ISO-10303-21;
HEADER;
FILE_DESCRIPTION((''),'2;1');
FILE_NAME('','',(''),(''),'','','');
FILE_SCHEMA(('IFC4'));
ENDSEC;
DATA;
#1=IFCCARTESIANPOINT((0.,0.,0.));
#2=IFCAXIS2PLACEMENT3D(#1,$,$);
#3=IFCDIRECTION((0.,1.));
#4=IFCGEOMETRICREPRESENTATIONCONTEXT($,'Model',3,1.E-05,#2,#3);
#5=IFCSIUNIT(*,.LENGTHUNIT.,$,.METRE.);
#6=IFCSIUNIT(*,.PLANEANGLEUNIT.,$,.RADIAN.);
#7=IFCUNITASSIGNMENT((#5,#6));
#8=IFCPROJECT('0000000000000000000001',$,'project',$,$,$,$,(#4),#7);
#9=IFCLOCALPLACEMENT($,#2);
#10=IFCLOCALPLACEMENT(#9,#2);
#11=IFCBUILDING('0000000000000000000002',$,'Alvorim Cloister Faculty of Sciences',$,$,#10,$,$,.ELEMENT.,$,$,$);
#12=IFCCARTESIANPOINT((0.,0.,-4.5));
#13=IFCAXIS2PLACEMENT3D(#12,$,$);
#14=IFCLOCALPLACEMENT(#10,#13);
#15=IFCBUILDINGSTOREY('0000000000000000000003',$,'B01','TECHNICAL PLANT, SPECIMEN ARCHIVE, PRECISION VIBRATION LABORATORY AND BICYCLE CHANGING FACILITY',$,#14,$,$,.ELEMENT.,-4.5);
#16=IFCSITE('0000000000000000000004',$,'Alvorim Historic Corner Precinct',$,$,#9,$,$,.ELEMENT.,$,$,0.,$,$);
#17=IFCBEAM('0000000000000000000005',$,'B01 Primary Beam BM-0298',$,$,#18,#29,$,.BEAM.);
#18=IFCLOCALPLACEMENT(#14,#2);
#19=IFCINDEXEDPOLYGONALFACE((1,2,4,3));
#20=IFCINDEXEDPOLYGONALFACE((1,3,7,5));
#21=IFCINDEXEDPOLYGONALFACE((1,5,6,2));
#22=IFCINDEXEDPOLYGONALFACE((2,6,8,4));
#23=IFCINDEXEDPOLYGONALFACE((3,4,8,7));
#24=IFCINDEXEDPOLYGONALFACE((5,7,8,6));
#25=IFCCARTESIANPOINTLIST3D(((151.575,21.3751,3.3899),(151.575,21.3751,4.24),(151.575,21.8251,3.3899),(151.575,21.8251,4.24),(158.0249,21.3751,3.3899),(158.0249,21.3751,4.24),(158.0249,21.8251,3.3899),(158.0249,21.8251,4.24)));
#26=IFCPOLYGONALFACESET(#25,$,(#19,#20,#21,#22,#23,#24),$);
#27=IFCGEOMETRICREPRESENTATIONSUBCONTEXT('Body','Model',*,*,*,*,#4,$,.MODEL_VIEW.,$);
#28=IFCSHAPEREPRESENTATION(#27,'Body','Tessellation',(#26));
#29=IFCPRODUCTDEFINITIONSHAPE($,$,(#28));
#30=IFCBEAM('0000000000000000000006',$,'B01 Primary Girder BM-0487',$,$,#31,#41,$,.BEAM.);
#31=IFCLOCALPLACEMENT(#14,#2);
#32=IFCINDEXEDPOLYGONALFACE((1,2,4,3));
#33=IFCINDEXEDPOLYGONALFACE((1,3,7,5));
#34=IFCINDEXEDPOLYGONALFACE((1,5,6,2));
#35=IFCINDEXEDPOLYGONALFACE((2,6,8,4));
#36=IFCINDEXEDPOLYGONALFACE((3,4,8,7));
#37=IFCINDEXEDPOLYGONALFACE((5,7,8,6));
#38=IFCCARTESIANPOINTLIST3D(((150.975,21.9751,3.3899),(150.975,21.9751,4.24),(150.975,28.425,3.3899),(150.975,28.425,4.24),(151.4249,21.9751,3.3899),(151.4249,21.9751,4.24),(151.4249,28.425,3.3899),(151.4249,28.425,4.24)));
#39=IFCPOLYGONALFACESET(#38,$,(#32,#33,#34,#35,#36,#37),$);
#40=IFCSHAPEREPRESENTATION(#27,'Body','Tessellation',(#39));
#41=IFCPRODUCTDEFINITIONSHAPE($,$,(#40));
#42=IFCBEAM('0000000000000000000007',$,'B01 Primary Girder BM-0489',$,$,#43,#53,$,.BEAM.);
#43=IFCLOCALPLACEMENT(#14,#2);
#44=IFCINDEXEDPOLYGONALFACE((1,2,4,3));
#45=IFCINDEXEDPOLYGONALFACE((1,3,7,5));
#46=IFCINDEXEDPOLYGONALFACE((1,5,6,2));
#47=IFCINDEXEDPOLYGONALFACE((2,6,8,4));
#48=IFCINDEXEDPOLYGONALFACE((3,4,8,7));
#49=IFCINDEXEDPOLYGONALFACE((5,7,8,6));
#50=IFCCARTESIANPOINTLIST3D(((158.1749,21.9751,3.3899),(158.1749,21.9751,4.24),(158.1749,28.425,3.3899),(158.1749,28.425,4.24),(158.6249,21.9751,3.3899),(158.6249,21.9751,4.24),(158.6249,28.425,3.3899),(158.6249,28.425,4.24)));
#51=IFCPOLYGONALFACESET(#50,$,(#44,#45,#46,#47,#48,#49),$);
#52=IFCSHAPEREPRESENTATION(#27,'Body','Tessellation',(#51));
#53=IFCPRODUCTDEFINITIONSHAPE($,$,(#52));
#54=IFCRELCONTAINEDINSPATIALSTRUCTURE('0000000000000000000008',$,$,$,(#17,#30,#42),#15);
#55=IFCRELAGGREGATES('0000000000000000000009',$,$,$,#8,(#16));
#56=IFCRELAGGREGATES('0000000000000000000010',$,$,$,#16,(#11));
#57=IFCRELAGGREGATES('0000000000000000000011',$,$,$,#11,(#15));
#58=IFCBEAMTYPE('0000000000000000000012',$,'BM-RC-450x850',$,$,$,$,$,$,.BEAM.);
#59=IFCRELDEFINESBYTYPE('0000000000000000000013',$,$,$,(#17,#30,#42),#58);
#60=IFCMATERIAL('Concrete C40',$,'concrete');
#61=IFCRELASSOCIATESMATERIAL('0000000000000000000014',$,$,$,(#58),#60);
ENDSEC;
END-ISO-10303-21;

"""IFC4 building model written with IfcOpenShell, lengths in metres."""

from ifc_helpers import new_model, si_unit, direction, frame, origin, origin_2d, place, context, subcontext, project, spatial, rectangle, extrude, material, material_profile, profile_set, type_object, element, save


model = new_model("IFC4")

# Units and contexts
model_context = context("Model", 3, precision=1e-05, world=origin(), true_north=direction((0.0, 1.0)))
body_context = subcontext(model_context, "Body", "Model", "MODEL_VIEW")
ifc_project = project(units=[si_unit("LENGTHUNIT", "METRE"), si_unit("PLANEANGLEUNIT", "RADIAN")], contexts=[model_context])

# Site, building, storey
site_placement = place(None, origin())
site = spatial("IfcSite", under=ifc_project, at=site_placement, Name="Alvorim Historic Corner Precinct", CompositionType="ELEMENT", RefElevation=0.0)
building_placement = place(site_placement, origin())
building = spatial("IfcBuilding", under=site, at=building_placement, Name="Alvorim Cloister Faculty of Sciences", CompositionType="ELEMENT")
storey_placement = place(building_placement, frame((0.0, 0.0, -4.5)))
storey = spatial("IfcBuildingStorey", under=building, at=storey_placement, Name="B01", Description="TECHNICAL PLANT, SPECIMEN ARCHIVE, PRECISION VIBRATION LABORATORY AND BICYCLE CHANGING FACILITY", CompositionType="ELEMENT", Elevation=-4.5)

# Shared definitions
ifc_material_1 = material(Name="Concrete C40", Category="concrete")

# Beams
ifc_material_profile_1 = material_profile(ifc_material_1, rectangle(XDim=0.45, YDim=0.8501, at=origin_2d()), Name="RC40-BM-450x850")
ifc_profile_set_1 = profile_set([ifc_material_profile_1], Name="Concrete C40")
beam_type_1 = type_object("IfcBeamType", Name="BM-RC-450x850", PredefinedType="BEAM", material=ifc_profile_set_1)
for number, where, z_axis, x_axis, name in (
    (1, (151.575, 21.6001, 3.8149), (1.0, 0.0, 0.0), (0.0, 1.0, 0.0), "B01 Primary Beam BM-0298"),
    (2, (151.2, 21.9751, 3.8149), (0.0, 1.0, 0.0), (-1.0, 0.0, 0.0), "B01 Primary Girder BM-0487"),
    (3, (158.3999, 21.9751, 3.8149), (0.0, 1.0, 0.0), (-1.0, 0.0, 0.0), "B01 Primary Girder BM-0489"),
):
    element("IfcBeam", number, at=place(storey_placement, frame(where, z_axis=z_axis, x_axis=x_axis)), inside=storey, type_object=beam_type_1, Name=name, PredefinedType="BEAM", context=body_context, shape_type="SweptSolid", body=[
        extrude(rectangle(XDim=0.45, YDim=0.8501, at=origin_2d()), origin(), (0.0, 0.0, 1.0), 6.45),
    ])

save(model, "model.ifc")
